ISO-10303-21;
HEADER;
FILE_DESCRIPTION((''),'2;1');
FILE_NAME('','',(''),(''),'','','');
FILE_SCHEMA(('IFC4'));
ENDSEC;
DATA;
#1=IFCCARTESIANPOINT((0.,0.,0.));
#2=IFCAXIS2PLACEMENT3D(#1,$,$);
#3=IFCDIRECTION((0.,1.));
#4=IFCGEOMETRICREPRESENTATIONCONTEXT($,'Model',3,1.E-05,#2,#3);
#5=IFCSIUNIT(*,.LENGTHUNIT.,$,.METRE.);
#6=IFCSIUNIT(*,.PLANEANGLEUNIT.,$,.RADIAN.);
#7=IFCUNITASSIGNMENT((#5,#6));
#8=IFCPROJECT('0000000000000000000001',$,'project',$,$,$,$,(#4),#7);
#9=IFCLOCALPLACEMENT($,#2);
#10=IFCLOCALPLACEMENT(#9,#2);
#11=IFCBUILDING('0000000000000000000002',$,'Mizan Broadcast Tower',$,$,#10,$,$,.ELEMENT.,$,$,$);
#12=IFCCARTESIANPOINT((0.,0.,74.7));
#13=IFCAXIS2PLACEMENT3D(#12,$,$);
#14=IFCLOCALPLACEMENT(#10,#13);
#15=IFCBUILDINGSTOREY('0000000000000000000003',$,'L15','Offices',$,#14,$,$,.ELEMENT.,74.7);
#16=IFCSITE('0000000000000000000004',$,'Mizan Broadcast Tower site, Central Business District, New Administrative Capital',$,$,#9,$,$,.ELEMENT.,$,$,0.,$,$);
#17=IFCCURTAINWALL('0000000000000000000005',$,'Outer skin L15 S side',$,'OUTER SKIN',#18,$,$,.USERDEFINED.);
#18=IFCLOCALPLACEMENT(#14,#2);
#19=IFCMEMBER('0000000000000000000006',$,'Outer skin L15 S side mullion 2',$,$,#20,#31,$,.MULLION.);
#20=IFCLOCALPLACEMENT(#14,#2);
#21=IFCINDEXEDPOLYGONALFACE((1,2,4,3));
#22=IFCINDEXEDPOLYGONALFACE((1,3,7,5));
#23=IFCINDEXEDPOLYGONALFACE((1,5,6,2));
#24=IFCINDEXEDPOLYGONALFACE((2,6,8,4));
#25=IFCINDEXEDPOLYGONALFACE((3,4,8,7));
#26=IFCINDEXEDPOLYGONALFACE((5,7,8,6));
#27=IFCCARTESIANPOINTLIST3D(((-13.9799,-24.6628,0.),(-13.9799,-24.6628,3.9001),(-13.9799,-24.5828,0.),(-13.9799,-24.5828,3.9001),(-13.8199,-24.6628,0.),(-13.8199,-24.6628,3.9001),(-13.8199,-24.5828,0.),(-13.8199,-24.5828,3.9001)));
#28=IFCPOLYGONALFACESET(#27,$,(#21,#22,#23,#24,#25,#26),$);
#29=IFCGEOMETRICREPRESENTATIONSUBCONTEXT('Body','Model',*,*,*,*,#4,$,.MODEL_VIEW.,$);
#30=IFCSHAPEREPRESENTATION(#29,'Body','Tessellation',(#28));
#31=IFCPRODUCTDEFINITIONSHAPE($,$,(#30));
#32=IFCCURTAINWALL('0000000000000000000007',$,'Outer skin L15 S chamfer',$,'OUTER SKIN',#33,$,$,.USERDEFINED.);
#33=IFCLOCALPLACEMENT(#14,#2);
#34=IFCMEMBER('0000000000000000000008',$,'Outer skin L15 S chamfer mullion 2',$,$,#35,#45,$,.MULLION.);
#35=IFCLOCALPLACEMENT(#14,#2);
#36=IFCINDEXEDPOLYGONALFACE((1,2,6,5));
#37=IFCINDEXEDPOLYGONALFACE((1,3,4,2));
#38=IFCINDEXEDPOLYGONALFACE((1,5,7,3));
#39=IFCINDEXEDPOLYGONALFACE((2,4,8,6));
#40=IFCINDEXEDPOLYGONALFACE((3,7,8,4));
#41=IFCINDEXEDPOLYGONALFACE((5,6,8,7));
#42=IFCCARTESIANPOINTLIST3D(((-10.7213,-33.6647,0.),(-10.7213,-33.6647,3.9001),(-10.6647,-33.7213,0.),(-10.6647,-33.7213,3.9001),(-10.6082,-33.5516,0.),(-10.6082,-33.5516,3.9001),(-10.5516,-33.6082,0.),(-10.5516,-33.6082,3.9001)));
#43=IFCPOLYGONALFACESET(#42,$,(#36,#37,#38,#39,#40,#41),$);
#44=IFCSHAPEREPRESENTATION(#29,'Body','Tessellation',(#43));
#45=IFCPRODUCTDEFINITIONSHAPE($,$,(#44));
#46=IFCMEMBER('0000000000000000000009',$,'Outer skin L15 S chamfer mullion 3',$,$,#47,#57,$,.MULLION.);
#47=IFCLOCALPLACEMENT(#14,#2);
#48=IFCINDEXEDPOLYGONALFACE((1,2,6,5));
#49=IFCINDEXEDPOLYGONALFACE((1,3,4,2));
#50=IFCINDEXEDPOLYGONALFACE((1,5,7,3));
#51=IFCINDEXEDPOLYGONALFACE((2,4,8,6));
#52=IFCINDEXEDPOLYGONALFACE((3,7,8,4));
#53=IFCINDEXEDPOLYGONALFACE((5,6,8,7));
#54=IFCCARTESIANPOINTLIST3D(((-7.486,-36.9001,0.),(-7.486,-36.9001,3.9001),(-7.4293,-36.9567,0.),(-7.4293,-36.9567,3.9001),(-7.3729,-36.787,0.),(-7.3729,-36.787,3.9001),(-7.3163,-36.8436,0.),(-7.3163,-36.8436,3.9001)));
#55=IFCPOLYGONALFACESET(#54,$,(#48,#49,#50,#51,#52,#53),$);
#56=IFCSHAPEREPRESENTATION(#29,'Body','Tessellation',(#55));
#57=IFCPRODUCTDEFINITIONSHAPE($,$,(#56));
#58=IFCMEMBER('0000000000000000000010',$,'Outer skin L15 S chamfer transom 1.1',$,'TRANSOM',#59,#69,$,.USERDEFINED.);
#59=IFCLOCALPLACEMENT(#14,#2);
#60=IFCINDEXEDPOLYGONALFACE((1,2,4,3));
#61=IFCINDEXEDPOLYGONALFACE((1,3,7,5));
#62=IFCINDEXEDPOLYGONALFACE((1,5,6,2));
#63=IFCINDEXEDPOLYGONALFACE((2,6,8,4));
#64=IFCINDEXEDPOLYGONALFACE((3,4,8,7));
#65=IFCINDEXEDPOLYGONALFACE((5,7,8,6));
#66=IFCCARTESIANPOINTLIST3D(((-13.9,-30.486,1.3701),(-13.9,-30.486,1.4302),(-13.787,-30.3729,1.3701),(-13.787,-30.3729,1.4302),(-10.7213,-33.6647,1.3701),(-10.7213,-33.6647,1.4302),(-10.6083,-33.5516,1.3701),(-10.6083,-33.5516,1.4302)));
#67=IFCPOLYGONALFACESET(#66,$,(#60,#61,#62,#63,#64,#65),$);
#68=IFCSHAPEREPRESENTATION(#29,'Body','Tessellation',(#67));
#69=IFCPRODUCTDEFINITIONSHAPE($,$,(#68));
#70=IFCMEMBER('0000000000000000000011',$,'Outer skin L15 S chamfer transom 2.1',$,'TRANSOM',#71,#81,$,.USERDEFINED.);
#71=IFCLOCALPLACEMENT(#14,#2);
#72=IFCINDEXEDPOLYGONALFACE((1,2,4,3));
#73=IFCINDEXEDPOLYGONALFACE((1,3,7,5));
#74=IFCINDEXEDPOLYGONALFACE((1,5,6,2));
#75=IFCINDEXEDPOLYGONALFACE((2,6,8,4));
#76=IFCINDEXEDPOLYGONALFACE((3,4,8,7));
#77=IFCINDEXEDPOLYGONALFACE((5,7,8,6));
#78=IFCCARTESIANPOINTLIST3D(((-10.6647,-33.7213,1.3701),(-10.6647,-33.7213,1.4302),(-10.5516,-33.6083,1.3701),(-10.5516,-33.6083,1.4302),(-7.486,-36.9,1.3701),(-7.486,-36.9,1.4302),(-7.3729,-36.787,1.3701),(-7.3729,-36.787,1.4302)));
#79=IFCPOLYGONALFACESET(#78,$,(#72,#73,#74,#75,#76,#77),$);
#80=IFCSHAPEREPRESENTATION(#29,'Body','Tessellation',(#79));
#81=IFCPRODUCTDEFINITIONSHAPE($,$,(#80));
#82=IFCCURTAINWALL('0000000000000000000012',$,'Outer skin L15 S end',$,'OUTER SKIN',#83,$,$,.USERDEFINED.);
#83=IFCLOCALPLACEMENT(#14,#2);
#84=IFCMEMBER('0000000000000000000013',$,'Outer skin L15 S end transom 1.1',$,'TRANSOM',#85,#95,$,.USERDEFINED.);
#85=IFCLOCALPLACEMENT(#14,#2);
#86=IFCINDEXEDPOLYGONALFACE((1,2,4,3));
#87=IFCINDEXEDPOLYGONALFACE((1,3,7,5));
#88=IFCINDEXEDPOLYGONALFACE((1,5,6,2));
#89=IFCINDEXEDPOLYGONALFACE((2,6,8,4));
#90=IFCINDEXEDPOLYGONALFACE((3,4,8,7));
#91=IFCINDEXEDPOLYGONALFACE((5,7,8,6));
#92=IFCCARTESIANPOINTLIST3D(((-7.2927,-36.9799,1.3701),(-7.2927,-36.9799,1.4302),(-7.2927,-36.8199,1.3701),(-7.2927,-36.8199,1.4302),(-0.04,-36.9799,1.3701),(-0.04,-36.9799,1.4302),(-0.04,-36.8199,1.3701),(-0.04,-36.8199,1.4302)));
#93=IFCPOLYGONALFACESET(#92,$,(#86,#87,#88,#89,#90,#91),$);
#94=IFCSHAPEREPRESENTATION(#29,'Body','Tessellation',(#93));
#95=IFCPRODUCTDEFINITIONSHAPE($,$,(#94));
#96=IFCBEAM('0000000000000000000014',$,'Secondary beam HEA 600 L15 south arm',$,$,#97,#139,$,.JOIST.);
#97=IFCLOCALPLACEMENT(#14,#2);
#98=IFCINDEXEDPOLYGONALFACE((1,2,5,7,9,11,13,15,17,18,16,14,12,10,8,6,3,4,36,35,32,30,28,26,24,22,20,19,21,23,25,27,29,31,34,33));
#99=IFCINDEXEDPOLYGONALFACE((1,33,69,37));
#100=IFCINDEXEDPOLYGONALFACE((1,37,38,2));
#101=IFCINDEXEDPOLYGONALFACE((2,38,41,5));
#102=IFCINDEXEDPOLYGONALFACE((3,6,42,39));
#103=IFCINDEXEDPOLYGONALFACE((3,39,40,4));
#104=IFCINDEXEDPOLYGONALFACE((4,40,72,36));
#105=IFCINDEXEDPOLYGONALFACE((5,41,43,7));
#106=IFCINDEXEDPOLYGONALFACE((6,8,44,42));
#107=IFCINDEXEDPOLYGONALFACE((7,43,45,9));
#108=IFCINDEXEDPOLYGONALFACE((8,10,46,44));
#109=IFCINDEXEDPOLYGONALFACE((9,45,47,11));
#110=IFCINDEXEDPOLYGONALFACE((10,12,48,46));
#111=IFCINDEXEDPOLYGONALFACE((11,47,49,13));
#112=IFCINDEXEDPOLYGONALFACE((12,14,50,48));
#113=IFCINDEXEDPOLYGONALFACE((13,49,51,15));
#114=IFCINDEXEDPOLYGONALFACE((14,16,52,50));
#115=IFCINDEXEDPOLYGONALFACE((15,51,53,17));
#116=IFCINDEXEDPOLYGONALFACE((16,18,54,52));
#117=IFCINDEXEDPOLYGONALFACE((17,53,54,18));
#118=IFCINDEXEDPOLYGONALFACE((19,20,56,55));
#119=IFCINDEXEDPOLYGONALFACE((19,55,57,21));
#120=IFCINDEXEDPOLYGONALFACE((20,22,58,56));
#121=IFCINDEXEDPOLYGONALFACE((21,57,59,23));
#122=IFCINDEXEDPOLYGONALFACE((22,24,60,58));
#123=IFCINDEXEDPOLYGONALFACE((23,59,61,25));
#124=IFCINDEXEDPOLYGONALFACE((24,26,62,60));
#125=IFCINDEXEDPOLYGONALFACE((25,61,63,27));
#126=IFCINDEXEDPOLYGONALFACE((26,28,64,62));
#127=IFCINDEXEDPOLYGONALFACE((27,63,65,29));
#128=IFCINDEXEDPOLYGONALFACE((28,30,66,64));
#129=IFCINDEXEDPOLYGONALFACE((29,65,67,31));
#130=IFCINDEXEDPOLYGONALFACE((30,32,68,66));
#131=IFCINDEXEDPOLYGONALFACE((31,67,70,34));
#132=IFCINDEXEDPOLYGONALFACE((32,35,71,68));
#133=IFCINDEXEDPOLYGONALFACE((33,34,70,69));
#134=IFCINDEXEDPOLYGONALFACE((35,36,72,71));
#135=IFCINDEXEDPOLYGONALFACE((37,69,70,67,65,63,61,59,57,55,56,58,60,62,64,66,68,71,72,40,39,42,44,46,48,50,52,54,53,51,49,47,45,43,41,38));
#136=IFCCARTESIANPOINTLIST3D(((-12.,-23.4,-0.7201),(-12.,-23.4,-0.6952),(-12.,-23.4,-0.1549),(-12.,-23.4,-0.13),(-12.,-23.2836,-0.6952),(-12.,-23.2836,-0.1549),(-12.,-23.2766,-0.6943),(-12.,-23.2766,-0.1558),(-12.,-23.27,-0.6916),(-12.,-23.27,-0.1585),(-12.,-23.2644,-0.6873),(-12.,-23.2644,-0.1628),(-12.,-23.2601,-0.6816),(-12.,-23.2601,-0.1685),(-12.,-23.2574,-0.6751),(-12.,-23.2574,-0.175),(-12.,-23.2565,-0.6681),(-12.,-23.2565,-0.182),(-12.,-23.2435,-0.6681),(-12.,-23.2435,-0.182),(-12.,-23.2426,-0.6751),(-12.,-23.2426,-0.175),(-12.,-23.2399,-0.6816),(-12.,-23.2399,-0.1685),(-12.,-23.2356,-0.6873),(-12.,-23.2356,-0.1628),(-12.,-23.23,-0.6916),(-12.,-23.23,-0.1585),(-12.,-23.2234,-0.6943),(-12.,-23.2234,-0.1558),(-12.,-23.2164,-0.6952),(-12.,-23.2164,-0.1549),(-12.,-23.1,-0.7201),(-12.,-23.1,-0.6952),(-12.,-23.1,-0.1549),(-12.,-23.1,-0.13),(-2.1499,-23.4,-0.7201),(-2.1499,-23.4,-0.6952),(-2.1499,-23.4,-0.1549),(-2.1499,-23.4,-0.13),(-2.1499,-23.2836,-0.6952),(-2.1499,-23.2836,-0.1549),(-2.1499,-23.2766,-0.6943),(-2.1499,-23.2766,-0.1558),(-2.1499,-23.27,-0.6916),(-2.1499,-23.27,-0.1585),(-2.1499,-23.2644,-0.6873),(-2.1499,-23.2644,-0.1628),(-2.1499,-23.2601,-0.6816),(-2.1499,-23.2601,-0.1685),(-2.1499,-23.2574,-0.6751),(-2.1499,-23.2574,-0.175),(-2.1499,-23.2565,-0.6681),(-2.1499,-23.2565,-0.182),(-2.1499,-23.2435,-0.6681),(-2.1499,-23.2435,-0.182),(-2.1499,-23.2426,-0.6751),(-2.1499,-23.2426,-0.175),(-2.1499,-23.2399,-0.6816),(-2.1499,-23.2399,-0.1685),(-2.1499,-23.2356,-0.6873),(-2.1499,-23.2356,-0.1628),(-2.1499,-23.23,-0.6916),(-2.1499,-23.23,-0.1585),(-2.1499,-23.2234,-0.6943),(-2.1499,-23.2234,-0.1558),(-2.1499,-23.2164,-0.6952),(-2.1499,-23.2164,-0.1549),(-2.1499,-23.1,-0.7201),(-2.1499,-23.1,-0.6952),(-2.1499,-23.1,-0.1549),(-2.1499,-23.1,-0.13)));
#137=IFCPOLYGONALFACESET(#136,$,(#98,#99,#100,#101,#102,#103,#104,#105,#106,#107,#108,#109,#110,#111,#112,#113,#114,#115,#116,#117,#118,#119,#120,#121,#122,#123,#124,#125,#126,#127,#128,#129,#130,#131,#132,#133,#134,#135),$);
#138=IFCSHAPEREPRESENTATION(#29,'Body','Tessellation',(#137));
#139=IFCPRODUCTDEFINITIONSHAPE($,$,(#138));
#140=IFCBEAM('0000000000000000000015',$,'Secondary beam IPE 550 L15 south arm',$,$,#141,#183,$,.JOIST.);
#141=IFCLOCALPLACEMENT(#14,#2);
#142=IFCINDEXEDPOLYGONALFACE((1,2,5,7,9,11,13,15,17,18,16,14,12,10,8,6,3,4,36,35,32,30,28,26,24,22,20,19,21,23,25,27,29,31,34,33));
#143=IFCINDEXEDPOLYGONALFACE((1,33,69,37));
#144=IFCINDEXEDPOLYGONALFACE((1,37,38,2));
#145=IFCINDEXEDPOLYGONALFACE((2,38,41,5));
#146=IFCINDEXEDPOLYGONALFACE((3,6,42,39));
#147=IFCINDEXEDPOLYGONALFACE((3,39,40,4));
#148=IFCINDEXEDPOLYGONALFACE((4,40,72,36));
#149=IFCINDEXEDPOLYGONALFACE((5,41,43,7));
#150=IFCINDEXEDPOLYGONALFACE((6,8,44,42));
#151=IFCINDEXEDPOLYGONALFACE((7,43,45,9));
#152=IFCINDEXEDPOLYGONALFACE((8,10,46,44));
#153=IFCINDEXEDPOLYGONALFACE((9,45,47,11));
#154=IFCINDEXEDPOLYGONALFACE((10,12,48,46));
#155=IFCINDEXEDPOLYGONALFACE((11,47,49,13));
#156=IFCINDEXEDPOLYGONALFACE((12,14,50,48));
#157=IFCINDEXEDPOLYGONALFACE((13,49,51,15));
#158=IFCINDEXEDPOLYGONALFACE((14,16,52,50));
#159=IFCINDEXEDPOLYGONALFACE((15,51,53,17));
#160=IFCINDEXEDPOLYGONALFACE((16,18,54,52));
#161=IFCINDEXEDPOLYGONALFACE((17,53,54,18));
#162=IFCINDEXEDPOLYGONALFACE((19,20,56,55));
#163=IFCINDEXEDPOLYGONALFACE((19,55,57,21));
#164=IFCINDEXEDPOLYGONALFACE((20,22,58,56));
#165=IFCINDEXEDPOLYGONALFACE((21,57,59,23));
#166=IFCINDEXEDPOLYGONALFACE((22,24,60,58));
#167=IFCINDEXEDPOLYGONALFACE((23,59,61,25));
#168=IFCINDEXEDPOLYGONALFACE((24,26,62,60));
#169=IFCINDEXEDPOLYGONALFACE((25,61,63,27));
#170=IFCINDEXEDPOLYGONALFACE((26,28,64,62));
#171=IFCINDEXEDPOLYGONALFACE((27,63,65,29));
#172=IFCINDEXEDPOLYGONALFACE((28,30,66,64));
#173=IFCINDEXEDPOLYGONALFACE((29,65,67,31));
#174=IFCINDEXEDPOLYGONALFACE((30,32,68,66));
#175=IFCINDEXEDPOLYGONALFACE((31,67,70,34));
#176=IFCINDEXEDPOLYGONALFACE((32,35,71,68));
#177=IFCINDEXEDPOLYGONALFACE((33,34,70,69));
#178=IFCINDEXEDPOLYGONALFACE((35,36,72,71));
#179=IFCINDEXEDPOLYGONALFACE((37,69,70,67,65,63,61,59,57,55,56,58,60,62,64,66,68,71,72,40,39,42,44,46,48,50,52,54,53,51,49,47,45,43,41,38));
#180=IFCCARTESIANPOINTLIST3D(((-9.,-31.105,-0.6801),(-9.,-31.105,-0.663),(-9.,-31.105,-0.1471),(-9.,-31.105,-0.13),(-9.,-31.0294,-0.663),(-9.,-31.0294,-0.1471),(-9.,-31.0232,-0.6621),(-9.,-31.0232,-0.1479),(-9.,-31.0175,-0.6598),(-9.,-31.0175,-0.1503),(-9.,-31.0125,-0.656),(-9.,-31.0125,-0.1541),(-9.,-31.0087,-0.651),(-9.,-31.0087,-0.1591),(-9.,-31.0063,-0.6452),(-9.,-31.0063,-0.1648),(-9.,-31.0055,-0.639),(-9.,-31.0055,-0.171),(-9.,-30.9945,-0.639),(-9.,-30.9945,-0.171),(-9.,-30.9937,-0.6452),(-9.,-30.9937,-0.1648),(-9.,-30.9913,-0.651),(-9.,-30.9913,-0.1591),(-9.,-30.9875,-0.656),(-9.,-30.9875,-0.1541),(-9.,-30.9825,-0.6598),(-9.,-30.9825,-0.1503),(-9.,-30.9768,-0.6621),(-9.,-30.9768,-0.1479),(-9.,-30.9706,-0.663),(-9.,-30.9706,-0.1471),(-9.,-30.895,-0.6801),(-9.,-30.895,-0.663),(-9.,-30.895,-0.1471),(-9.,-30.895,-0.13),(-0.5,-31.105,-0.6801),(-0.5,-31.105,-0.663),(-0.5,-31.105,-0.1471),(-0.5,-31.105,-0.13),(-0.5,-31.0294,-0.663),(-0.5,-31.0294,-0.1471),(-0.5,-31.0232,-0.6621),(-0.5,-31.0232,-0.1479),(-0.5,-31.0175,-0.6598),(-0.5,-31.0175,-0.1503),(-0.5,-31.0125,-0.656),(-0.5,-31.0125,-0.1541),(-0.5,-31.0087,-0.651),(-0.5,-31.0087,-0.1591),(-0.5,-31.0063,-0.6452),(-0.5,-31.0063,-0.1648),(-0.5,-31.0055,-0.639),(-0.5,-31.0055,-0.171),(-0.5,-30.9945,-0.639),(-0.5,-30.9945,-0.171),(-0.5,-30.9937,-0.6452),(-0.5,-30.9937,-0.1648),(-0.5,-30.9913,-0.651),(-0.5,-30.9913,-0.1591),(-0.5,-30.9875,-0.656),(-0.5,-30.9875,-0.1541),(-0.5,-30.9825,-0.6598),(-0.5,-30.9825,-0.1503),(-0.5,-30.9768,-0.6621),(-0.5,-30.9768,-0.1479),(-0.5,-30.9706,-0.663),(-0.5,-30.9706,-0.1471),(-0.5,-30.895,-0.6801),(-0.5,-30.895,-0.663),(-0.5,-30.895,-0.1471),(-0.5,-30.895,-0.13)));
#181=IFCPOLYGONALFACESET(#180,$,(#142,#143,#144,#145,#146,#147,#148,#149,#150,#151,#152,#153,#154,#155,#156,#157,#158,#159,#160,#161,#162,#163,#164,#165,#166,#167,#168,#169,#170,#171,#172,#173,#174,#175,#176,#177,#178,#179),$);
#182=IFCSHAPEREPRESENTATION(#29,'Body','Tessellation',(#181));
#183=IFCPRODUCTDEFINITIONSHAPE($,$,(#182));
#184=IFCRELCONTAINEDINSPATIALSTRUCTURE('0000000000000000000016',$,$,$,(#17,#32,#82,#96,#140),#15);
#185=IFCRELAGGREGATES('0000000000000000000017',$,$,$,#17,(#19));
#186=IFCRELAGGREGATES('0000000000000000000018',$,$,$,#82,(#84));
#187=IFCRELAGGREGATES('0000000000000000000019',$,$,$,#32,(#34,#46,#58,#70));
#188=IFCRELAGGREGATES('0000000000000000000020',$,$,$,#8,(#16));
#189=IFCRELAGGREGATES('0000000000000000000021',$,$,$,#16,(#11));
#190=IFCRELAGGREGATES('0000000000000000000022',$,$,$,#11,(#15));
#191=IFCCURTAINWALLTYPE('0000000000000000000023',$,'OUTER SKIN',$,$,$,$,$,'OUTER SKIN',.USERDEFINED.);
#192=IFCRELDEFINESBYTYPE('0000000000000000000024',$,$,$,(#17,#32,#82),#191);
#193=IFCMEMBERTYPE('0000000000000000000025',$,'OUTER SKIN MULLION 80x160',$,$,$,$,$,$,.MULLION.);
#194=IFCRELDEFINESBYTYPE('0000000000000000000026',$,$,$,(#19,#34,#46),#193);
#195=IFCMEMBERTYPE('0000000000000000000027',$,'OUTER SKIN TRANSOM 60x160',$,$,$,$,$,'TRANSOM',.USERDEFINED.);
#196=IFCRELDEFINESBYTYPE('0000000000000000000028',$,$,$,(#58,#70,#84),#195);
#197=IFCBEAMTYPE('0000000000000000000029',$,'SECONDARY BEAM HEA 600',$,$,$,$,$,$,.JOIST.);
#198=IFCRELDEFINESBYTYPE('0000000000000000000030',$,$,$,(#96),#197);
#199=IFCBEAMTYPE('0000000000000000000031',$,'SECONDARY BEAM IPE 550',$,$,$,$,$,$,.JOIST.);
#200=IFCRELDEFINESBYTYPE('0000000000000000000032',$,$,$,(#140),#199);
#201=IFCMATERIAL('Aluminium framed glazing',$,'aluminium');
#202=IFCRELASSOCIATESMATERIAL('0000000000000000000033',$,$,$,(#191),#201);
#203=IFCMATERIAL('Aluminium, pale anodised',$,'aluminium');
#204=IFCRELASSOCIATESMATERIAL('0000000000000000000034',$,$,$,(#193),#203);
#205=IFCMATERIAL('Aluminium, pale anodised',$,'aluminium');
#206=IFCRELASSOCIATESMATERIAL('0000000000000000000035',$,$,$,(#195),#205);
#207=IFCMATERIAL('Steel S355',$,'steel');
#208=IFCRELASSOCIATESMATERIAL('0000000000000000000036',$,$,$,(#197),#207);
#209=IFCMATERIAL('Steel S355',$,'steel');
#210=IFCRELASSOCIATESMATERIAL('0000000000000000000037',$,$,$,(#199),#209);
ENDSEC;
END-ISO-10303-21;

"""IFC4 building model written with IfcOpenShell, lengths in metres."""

from ifc_helpers import new_model, si_unit, direction, frame, origin, origin_2d, place, context, subcontext, project, spatial, rectangle, i_section, extrude, material, material_profile, profile_set, type_object, element, aggregate, save


model = new_model("IFC4")

# Units and contexts
model_context = context("Model", 3, precision=1e-05, world=origin(), true_north=direction((0.0, 1.0)))
body_context = subcontext(model_context, "Body", "Model", "MODEL_VIEW")
ifc_project = project(units=[si_unit("LENGTHUNIT", "METRE"), si_unit("PLANEANGLEUNIT", "RADIAN")], contexts=[model_context])

# Site, building, storey
site_placement = place(None, origin())
site = spatial("IfcSite", under=ifc_project, at=site_placement, Name="Mizan Broadcast Tower site, Central Business District, New Administrative Capital", CompositionType="ELEMENT", RefElevation=0.0)
building_placement = place(site_placement, origin())
building = spatial("IfcBuilding", under=site, at=building_placement, Name="Mizan Broadcast Tower", CompositionType="ELEMENT")
storey_placement = place(building_placement, frame((0.0, 0.0, 74.7)))
storey = spatial("IfcBuildingStorey", under=building, at=storey_placement, Name="L15", Description="Offices", CompositionType="ELEMENT", Elevation=74.7)

# Curtain wall, member
ifc_material_1 = material(Name="Aluminium framed glazing", Category="aluminium")
curtain_wall_type_1 = type_object("IfcCurtainWallType", Name="OUTER SKIN", ElementType="OUTER SKIN", PredefinedType="USERDEFINED", material=ifc_material_1)
curtain_wall_1_placement = place(storey_placement, origin())
curtain_wall_1 = element("IfcCurtainWall", 1, at=curtain_wall_1_placement, inside=storey, type_object=curtain_wall_type_1, Name="Outer skin L15 S side", ObjectType="OUTER SKIN", PredefinedType="USERDEFINED")
ifc_material_2 = material(Name="Aluminium, pale anodised", Category="aluminium")
ifc_material_profile_1 = material_profile(ifc_material_2, rectangle(XDim=0.1599, YDim=0.0801, at=origin_2d()), Name="MULLION 160x80")
ifc_profile_set_1 = profile_set([ifc_material_profile_1], Name="Aluminium, pale anodised")
member_type_1 = type_object("IfcMemberType", Name="OUTER SKIN MULLION 80x160", PredefinedType="MULLION", material=ifc_profile_set_1)
member_1_placement = place(storey_placement, frame((-13.8999, -24.6228, 0.0), z_axis=(0.0, 0.0, 1.0), x_axis=(1.0, 0.0, 0.0)))
member_1 = element("IfcMember", 2, at=member_1_placement, type_object=member_type_1, Name="Outer skin L15 S side mullion 2", PredefinedType="MULLION", context=body_context, shape_type="SweptSolid", body=[
    extrude(rectangle(XDim=0.1599, YDim=0.0801, at=origin_2d()), origin(), (0.0, 0.0, 1.0), 3.9001),
])
aggregate(curtain_wall_1, [member_1])

# Curtain wall, members
curtain_wall_2_placement = place(storey_placement, origin())
curtain_wall_2 = element("IfcCurtainWall", 3, at=curtain_wall_2_placement, inside=storey, type_object=curtain_wall_type_1, Name="Outer skin L15 S chamfer", ObjectType="OUTER SKIN", PredefinedType="USERDEFINED")
member_2_placement = place(storey_placement, frame((-10.6365, -33.6365, 0.0), z_axis=(0.0, 0.0, 1.0), x_axis=(0.707107, 0.707107, 0.0)))
member_2 = element("IfcMember", 4, at=member_2_placement, type_object=member_type_1, Name="Outer skin L15 S chamfer mullion 2", PredefinedType="MULLION", context=body_context, shape_type="SweptSolid", body=[
    extrude(rectangle(XDim=0.1599, YDim=0.0801, at=origin_2d()), origin(), (0.0, 0.0, 1.0), 3.9001),
])
member_3_placement = place(storey_placement, frame((-7.4011, -36.8718, 0.0), z_axis=(0.0, 0.0, 1.0), x_axis=(0.707107, 0.707107, 0.0)))
member_3 = element("IfcMember", 5, at=member_3_placement, type_object=member_type_1, Name="Outer skin L15 S chamfer mullion 3", PredefinedType="MULLION", context=body_context, shape_type="SweptSolid", body=[
    extrude(rectangle(XDim=0.1599, YDim=0.0801, at=origin_2d()), origin(), (0.0, 0.0, 1.0), 3.9001),
])
ifc_material_3 = material(Name="Aluminium, pale anodised", Category="aluminium")
ifc_material_profile_2 = material_profile(ifc_material_3, rectangle(XDim=0.1599, YDim=0.0601, at=origin_2d()), Name="TRANSOM 160x60")
ifc_profile_set_2 = profile_set([ifc_material_profile_2], Name="Aluminium, pale anodised")
member_type_2 = type_object("IfcMemberType", Name="OUTER SKIN TRANSOM 60x160", ElementType="TRANSOM", PredefinedType="USERDEFINED", material=ifc_profile_set_2)
member_4_placement = place(storey_placement, frame((-13.8435, -30.4294, 1.4001), z_axis=(0.707107, -0.707107, 0.0), x_axis=(0.707107, 0.707107, 0.0)))
member_4 = element("IfcMember", 6, at=member_4_placement, type_object=member_type_2, Name="Outer skin L15 S chamfer transom 1.1", ObjectType="TRANSOM", PredefinedType="USERDEFINED", context=body_context, shape_type="SweptSolid", body=[
    extrude(rectangle(XDim=0.1599, YDim=0.0601, at=origin_2d()), origin(), (0.0, 0.0, 1.0), 4.4954),
])
member_5_placement = place(storey_placement, frame((-10.6082, -33.6648, 1.4001), z_axis=(0.707107, -0.707107, 0.0), x_axis=(0.707107, 0.707107, 0.0)))
member_5 = element("IfcMember", 7, at=member_5_placement, type_object=member_type_2, Name="Outer skin L15 S chamfer transom 2.1", ObjectType="TRANSOM", PredefinedType="USERDEFINED", context=body_context, shape_type="SweptSolid", body=[
    extrude(rectangle(XDim=0.1599, YDim=0.0601, at=origin_2d()), origin(), (0.0, 0.0, 1.0), 4.4954),
])

# Curtain wall, member
curtain_wall_3_placement = place(storey_placement, origin())
curtain_wall_3 = element("IfcCurtainWall", 8, at=curtain_wall_3_placement, inside=storey, type_object=curtain_wall_type_1, Name="Outer skin L15 S end", ObjectType="OUTER SKIN", PredefinedType="USERDEFINED")
member_6_placement = place(storey_placement, frame((-7.2927, -36.8999, 1.4001), z_axis=(1.0, 0.0, 0.0), x_axis=(0.0, 1.0, 0.0)))
member_6 = element("IfcMember", 9, at=member_6_placement, type_object=member_type_2, Name="Outer skin L15 S end transom 1.1", ObjectType="TRANSOM", PredefinedType="USERDEFINED", context=body_context, shape_type="SweptSolid", body=[
    extrude(rectangle(XDim=0.1599, YDim=0.0601, at=origin_2d()), origin(), (0.0, 0.0, 1.0), 7.2527),
])

# Beams
ifc_material_4 = material(Name="Steel S355", Category="steel")
ifc_material_profile_3 = material_profile(ifc_material_4, i_section(OverallWidth=0.3, OverallDepth=0.5901, WebThickness=0.0129, FlangeThickness=0.0249, FilletRadius=0.0271, at=origin_2d()), Name="HEA 600")
ifc_profile_set_3 = profile_set([ifc_material_profile_3], Name="Steel S355")
beam_type_1 = type_object("IfcBeamType", Name="SECONDARY BEAM HEA 600", PredefinedType="JOIST", material=ifc_profile_set_3)
beam_1_placement = place(storey_placement, frame((-12.0, -23.25, -0.425), z_axis=(1.0, 0.0, 0.0), x_axis=(0.0, 1.0, 0.0)))
element("IfcBeam", 10, at=beam_1_placement, inside=storey, type_object=beam_type_1, Name="Secondary beam HEA 600 L15 south arm", PredefinedType="JOIST", context=body_context, shape_type="SweptSolid", body=[
    extrude(i_section(OverallWidth=0.3, OverallDepth=0.5901, WebThickness=0.0129, FlangeThickness=0.0249, FilletRadius=0.0271, at=origin_2d()), origin(), (0.0, 0.0, 1.0), 9.8501),
])
ifc_material_5 = material(Name="Steel S355", Category="steel")
ifc_material_profile_4 = material_profile(ifc_material_5, i_section(OverallWidth=0.21, OverallDepth=0.55, WebThickness=0.011, FlangeThickness=0.0171, FilletRadius=0.0239, at=origin_2d()), Name="IPE 550")
ifc_profile_set_4 = profile_set([ifc_material_profile_4], Name="Steel S355")
beam_type_2 = type_object("IfcBeamType", Name="SECONDARY BEAM IPE 550", PredefinedType="JOIST", material=ifc_profile_set_4)
beam_2_placement = place(storey_placement, frame((-9.0, -31.0, -0.405), z_axis=(1.0, 0.0, 0.0), x_axis=(0.0, 1.0, 0.0)))
element("IfcBeam", 11, at=beam_2_placement, inside=storey, type_object=beam_type_2, Name="Secondary beam IPE 550 L15 south arm", PredefinedType="JOIST", context=body_context, shape_type="SweptSolid", body=[
    extrude(i_section(OverallWidth=0.21, OverallDepth=0.55, WebThickness=0.011, FlangeThickness=0.0171, FilletRadius=0.0239, at=origin_2d()), origin(), (0.0, 0.0, 1.0), 8.5),
])

aggregate(curtain_wall_3, [member_6])
aggregate(curtain_wall_2, [member_2, member_3, member_4, member_5])

save(model, "model.ifc")
